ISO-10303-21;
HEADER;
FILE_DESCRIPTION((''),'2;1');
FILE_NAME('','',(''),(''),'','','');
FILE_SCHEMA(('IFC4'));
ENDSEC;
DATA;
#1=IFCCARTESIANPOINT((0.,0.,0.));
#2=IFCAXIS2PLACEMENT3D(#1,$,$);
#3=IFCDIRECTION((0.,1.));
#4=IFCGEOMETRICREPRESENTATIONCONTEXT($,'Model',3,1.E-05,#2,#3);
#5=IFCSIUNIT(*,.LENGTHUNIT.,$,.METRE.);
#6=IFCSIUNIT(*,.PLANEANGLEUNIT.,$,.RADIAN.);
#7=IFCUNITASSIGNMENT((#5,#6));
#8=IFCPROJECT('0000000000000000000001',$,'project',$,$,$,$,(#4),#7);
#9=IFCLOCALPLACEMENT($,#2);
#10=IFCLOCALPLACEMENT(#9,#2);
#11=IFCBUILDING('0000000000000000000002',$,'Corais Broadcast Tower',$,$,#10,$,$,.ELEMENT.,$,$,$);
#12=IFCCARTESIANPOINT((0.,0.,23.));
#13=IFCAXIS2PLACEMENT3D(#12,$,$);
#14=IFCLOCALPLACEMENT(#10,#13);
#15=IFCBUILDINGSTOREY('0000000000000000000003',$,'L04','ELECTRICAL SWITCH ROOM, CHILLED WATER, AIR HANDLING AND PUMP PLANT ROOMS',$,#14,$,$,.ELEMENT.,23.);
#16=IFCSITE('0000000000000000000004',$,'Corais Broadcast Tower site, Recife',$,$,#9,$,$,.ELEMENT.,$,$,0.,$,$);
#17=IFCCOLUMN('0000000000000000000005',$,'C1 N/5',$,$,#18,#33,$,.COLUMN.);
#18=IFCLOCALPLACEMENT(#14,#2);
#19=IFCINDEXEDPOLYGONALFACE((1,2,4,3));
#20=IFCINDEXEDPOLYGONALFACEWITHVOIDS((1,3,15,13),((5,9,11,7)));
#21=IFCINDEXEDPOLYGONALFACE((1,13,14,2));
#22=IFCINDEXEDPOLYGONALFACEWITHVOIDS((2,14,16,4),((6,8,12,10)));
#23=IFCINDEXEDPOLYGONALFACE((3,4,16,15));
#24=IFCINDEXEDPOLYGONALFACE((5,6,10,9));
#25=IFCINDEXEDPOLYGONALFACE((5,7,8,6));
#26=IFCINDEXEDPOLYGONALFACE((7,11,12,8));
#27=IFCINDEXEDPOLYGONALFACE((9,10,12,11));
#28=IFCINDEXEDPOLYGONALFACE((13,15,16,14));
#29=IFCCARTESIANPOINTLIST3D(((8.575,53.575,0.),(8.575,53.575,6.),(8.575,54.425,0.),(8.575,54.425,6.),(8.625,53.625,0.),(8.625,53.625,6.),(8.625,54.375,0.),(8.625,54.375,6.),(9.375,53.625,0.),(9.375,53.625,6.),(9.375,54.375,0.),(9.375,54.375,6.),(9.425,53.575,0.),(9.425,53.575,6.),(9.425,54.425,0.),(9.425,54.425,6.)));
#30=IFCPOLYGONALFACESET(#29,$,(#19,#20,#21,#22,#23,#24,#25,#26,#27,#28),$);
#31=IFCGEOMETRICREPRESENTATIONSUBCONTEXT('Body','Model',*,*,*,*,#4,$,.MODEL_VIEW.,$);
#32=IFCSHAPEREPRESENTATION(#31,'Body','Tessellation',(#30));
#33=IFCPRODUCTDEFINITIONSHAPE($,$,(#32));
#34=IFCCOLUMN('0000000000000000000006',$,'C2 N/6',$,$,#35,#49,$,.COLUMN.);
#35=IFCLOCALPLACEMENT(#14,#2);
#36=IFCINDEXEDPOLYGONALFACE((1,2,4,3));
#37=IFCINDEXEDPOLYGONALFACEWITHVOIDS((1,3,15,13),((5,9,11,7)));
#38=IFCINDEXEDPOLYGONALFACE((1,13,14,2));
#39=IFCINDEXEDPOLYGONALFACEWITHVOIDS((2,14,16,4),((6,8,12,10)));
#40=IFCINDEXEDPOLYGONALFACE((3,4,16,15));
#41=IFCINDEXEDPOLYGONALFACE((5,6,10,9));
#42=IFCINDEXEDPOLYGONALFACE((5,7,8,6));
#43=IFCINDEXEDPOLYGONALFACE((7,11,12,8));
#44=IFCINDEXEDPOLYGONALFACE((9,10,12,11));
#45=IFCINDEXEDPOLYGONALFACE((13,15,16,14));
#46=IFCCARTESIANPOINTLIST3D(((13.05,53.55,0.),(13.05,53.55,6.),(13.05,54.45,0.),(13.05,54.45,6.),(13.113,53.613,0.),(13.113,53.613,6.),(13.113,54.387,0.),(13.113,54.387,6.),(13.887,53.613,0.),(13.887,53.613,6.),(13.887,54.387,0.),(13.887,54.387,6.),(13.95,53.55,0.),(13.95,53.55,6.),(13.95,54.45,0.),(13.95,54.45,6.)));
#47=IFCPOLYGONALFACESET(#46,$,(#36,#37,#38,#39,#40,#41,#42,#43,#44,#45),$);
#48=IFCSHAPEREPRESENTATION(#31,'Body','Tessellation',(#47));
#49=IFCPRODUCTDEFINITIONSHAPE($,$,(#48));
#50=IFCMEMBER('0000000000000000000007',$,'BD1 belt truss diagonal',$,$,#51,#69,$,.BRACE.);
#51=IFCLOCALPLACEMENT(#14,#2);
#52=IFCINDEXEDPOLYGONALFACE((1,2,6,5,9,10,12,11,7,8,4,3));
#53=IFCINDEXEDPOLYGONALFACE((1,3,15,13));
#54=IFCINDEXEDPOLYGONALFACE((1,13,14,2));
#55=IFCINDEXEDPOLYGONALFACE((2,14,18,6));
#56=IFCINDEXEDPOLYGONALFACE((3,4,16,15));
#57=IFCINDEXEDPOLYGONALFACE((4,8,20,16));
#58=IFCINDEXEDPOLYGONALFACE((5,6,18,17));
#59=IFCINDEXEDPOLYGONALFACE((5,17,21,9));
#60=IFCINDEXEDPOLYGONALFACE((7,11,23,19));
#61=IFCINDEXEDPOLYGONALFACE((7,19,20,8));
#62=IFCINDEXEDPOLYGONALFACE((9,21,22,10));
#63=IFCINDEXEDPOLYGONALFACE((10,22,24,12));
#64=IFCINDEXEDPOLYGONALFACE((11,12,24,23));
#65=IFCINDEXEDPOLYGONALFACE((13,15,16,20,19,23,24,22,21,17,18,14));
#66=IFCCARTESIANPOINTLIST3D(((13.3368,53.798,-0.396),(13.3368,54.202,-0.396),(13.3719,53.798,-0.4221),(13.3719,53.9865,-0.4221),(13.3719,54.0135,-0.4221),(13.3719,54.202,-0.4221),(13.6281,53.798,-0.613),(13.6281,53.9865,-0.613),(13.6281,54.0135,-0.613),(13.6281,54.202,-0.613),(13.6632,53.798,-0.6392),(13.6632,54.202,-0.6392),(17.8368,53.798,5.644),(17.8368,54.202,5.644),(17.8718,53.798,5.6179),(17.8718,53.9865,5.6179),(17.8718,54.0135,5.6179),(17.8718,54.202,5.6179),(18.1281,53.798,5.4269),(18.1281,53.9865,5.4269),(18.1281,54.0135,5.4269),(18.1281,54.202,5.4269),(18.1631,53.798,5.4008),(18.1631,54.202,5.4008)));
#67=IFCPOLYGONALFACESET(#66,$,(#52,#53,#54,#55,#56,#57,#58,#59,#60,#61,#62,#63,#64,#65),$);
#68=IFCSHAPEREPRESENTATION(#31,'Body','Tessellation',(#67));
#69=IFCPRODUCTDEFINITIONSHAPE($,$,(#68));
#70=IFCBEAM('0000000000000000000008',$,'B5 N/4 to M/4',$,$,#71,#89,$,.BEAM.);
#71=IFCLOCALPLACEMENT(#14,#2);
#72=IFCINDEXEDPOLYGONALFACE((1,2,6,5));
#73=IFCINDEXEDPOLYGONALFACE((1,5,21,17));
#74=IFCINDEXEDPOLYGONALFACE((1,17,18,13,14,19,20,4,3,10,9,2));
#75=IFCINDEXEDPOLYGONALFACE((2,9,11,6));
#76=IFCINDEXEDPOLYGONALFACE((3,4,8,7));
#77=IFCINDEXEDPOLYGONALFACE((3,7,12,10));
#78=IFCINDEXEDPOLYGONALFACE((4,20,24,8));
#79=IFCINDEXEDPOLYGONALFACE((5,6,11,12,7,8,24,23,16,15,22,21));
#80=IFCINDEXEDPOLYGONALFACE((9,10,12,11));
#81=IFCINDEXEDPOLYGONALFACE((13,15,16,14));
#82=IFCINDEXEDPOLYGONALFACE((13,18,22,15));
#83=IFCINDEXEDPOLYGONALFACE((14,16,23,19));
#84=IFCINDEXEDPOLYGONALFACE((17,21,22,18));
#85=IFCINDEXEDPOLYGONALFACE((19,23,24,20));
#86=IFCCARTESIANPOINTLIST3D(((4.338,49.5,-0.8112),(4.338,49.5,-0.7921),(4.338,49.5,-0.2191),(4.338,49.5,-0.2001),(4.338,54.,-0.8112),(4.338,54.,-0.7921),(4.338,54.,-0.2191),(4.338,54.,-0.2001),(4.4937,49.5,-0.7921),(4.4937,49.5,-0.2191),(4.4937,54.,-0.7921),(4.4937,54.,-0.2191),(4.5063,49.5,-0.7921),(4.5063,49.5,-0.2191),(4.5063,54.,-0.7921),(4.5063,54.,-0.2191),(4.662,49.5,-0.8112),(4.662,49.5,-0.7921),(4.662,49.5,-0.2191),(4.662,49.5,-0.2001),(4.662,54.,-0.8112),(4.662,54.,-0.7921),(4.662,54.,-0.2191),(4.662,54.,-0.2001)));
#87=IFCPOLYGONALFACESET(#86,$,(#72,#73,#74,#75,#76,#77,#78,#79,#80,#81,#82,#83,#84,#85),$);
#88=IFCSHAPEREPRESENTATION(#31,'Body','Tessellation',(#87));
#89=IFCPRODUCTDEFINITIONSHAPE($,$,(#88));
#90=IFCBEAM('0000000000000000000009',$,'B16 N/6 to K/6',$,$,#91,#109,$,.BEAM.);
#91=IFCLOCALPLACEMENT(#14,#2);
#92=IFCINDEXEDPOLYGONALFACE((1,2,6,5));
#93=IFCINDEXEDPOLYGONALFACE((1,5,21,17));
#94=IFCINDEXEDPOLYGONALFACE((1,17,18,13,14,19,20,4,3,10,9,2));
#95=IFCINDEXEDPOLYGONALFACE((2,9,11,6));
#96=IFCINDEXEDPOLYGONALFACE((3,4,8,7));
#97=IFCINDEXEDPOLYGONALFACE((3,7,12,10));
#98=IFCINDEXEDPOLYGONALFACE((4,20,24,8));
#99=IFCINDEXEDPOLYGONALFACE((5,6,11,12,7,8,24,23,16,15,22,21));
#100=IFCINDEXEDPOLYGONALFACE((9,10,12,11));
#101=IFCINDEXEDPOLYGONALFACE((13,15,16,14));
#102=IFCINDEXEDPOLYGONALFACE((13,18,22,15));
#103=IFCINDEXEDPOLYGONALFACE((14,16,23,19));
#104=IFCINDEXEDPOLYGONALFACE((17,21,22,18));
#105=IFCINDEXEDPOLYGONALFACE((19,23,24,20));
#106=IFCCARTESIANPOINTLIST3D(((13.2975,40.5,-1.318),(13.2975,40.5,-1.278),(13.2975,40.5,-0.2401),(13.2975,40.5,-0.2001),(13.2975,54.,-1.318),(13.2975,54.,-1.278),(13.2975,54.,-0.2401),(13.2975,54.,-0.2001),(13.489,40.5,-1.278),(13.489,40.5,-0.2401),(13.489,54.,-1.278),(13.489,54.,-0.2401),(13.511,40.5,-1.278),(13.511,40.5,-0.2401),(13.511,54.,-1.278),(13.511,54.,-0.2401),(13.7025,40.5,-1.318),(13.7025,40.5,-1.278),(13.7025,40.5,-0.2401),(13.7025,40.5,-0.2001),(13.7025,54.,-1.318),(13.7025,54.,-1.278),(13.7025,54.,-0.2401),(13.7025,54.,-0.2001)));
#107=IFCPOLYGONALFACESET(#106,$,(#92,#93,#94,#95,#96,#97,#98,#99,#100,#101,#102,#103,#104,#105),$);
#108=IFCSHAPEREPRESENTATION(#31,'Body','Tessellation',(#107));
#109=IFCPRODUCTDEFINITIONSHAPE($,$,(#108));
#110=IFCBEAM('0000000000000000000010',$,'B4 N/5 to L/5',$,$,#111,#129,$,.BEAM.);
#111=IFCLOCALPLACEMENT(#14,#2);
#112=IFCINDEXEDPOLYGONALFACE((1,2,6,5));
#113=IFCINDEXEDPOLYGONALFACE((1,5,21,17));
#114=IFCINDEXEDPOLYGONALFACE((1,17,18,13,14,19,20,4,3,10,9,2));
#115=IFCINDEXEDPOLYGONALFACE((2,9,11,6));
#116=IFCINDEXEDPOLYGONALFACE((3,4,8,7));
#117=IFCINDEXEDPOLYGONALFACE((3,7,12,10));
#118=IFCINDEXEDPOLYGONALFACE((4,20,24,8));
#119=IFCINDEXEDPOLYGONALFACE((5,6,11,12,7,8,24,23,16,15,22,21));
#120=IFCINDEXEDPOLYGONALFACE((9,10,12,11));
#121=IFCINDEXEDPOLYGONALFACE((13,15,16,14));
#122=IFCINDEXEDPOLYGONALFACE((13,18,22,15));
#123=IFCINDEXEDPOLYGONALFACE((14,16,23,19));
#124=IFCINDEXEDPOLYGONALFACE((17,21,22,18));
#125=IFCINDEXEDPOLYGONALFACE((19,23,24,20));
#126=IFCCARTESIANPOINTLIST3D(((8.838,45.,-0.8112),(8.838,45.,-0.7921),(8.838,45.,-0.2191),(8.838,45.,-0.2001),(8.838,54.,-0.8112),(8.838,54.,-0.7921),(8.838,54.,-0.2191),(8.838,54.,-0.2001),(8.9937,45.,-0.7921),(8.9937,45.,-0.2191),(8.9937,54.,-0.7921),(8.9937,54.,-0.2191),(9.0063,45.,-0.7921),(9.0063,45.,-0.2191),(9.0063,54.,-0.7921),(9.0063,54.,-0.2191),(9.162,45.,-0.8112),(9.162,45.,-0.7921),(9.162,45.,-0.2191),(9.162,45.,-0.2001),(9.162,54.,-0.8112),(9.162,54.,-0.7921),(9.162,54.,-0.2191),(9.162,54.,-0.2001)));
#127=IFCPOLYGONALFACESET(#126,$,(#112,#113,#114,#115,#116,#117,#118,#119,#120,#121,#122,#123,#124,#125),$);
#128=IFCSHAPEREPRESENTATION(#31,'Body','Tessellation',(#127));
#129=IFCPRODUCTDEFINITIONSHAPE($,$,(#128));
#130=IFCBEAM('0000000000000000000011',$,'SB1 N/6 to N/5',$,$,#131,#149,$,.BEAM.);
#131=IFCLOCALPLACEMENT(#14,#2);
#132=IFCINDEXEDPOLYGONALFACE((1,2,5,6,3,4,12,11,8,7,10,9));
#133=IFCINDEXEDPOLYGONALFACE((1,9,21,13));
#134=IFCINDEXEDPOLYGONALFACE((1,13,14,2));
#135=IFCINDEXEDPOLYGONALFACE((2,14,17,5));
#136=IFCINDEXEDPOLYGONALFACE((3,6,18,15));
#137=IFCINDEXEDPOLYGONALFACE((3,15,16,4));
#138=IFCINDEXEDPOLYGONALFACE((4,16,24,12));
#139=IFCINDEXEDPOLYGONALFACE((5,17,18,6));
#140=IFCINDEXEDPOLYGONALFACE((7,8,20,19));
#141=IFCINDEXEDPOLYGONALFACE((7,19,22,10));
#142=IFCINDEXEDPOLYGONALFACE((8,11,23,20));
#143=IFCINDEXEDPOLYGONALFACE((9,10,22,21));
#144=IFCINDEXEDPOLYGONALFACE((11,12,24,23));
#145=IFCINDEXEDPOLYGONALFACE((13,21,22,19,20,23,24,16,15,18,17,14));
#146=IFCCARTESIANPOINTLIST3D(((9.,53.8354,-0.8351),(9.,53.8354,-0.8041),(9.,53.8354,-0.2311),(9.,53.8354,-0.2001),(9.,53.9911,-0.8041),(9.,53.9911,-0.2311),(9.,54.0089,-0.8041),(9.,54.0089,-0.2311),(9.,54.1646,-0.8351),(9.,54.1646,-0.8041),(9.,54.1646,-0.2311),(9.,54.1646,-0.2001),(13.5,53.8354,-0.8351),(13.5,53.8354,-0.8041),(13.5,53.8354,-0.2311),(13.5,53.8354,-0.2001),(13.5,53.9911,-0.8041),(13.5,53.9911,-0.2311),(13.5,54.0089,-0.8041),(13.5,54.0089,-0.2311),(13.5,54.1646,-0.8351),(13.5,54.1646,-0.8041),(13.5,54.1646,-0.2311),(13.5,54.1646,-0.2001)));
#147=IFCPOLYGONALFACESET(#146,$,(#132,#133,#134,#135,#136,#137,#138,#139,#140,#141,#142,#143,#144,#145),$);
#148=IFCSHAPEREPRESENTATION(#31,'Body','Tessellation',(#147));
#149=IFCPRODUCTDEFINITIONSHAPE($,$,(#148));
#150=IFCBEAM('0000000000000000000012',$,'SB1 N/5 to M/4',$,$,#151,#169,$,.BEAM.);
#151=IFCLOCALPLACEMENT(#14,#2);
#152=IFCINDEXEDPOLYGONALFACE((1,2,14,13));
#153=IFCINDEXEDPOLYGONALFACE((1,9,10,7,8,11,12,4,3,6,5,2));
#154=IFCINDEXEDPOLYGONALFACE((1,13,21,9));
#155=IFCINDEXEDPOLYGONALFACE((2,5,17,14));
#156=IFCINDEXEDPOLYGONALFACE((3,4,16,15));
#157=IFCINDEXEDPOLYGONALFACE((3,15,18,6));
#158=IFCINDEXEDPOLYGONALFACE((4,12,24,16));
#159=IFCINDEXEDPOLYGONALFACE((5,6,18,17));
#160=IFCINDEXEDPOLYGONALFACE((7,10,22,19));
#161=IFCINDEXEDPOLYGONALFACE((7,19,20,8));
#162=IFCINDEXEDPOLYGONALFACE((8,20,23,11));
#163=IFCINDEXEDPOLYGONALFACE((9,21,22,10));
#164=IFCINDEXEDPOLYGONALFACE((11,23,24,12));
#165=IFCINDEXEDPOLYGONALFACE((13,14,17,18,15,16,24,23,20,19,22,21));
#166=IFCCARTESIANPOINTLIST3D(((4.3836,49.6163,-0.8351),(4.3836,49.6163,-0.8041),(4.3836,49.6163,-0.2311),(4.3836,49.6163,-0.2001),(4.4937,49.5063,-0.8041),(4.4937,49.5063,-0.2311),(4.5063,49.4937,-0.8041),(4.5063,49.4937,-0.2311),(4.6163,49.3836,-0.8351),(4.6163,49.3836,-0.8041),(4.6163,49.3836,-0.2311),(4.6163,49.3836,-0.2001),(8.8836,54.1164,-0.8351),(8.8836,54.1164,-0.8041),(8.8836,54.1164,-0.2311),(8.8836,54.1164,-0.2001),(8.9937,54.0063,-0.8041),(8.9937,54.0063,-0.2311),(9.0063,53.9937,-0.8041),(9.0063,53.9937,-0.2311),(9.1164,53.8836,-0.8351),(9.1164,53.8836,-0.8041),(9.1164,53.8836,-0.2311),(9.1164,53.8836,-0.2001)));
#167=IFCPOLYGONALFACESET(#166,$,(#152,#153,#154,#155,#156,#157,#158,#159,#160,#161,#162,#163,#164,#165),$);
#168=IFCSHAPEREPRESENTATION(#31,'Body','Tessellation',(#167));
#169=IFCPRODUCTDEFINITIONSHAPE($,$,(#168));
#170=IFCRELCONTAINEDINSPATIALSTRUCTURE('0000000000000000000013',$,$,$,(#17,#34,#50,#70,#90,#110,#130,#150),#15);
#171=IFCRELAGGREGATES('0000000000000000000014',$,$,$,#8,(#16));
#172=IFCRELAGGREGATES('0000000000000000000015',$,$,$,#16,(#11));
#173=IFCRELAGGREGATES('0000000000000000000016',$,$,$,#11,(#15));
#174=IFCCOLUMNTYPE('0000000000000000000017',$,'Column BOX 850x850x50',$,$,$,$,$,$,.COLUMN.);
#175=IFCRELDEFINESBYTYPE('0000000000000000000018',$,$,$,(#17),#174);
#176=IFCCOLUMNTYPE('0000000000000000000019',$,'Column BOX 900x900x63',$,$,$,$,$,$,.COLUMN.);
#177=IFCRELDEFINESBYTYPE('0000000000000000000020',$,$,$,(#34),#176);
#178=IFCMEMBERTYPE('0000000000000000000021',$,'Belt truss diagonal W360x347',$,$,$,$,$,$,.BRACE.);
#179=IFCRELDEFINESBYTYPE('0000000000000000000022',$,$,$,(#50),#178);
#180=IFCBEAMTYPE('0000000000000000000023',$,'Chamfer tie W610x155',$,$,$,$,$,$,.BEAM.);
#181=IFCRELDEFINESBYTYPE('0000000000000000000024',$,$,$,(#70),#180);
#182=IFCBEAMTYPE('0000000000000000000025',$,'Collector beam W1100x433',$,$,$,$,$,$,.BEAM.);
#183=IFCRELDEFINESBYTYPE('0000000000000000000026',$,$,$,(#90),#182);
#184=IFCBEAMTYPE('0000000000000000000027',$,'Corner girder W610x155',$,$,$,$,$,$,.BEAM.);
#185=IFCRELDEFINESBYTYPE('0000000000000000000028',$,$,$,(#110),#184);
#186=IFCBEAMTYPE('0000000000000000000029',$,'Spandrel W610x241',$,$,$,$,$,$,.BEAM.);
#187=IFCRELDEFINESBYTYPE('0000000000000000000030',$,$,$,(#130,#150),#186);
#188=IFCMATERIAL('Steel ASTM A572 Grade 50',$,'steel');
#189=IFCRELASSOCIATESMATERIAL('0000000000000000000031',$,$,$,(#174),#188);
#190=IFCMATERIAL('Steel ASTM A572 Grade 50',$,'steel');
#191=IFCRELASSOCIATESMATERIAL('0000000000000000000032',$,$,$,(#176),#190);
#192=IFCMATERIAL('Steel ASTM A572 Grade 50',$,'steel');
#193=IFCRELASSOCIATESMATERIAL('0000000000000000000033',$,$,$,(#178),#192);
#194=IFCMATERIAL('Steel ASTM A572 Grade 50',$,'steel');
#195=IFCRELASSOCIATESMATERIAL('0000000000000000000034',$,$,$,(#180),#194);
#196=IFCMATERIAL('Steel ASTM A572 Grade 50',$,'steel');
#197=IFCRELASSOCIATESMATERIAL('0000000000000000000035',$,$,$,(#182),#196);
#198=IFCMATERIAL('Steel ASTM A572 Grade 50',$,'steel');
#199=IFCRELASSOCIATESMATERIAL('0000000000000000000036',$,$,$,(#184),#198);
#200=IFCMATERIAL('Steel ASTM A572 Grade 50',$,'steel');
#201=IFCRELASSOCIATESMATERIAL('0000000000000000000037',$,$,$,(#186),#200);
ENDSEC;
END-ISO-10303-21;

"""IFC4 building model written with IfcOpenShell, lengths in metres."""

from ifc_helpers import new_model, si_unit, direction, frame, origin, origin_2d, place, context, subcontext, project, spatial, hollow_rectangle, i_section, extrude, material, material_profile, profile_set, type_object, element, save


model = new_model("IFC4")

# Units and contexts
model_context = context("Model", 3, precision=1e-05, world=origin(), true_north=direction((0.0, 1.0)))
body_context = subcontext(model_context, "Body", "Model", "MODEL_VIEW")
ifc_project = project(units=[si_unit("LENGTHUNIT", "METRE"), si_unit("PLANEANGLEUNIT", "RADIAN")], contexts=[model_context])

# Site, building, storey
site_placement = place(None, origin())
site = spatial("IfcSite", under=ifc_project, at=site_placement, Name="Corais Broadcast Tower site, Recife", CompositionType="ELEMENT", RefElevation=0.0)
building_placement = place(site_placement, origin())
building = spatial("IfcBuilding", under=site, at=building_placement, Name="Corais Broadcast Tower", CompositionType="ELEMENT")
storey_placement = place(building_placement, frame((0.0, 0.0, 23.0)))
storey = spatial("IfcBuildingStorey", under=building, at=storey_placement, Name="L04", Description="ELECTRICAL SWITCH ROOM, CHILLED WATER, AIR HANDLING AND PUMP PLANT ROOMS", CompositionType="ELEMENT", Elevation=23.0)

# Columns
ifc_material_1 = material(Name="Steel ASTM A572 Grade 50", Category="steel")
ifc_material_profile_1 = material_profile(ifc_material_1, hollow_rectangle(XDim=0.8501, YDim=0.8501, WallThickness=0.05, at=origin_2d()), Name="BOX 850x850x50")
ifc_profile_set_1 = profile_set([ifc_material_profile_1], Name="Steel ASTM A572 Grade 50")
column_type_1 = type_object("IfcColumnType", Name="Column BOX 850x850x50", PredefinedType="COLUMN", material=ifc_profile_set_1)
column_1_placement = place(storey_placement, frame((9.0, 54.0, 0.0), z_axis=(0.0, 0.0, 1.0), x_axis=(1.0, 0.0, 0.0)))
element("IfcColumn", 1, at=column_1_placement, inside=storey, type_object=column_type_1, Name="C1 N/5", PredefinedType="COLUMN", context=body_context, shape_type="SweptSolid", body=[
    extrude(hollow_rectangle(XDim=0.8501, YDim=0.8501, WallThickness=0.05, at=origin_2d()), origin(), (0.0, 0.0, 1.0), 6.0),
])
ifc_material_2 = material(Name="Steel ASTM A572 Grade 50", Category="steel")
ifc_material_profile_2 = material_profile(ifc_material_2, hollow_rectangle(XDim=0.8999, YDim=0.8999, WallThickness=0.063, at=origin_2d()), Name="BOX 900x900x63")
ifc_profile_set_2 = profile_set([ifc_material_profile_2], Name="Steel ASTM A572 Grade 50")
column_type_2 = type_object("IfcColumnType", Name="Column BOX 900x900x63", PredefinedType="COLUMN", material=ifc_profile_set_2)
column_2_placement = place(storey_placement, frame((13.5, 54.0, 0.0), z_axis=(0.0, 0.0, 1.0), x_axis=(1.0, 0.0, 0.0)))
element("IfcColumn", 2, at=column_2_placement, inside=storey, type_object=column_type_2, Name="C2 N/6", PredefinedType="COLUMN", context=body_context, shape_type="SweptSolid", body=[
    extrude(hollow_rectangle(XDim=0.8999, YDim=0.8999, WallThickness=0.063, at=origin_2d()), origin(), (0.0, 0.0, 1.0), 6.0),
])

# Member
ifc_material_3 = material(Name="Steel ASTM A572 Grade 50", Category="steel")
ifc_material_profile_3 = material_profile(ifc_material_3, i_section(OverallWidth=0.4041, OverallDepth=0.407, WebThickness=0.0271, FlangeThickness=0.0437, at=origin_2d()), Name="W360x347")
ifc_profile_set_3 = profile_set([ifc_material_profile_3], Name="Steel ASTM A572 Grade 50")
member_type = type_object("IfcMemberType", Name="Belt truss diagonal W360x347", PredefinedType="BRACE", material=ifc_profile_set_3)
member_placement = place(storey_placement, frame((13.5, 54.0, -0.5176), z_axis=(0.597445, 0.0, 0.80191), x_axis=(0.0, 1.0, 0.0)))
element("IfcMember", 3, at=member_placement, inside=storey, type_object=member_type, Name="BD1 belt truss diagonal", PredefinedType="BRACE", context=body_context, shape_type="SweptSolid", body=[
    extrude(i_section(OverallWidth=0.4041, OverallDepth=0.407, WebThickness=0.0271, FlangeThickness=0.0437, at=origin_2d()), origin(), (0.0, 0.0, 1.0), 7.532),
])

# Beams
ifc_material_4 = material(Name="Steel ASTM A572 Grade 50", Category="steel")
ifc_material_profile_4 = material_profile(ifc_material_4, i_section(OverallWidth=0.324, OverallDepth=0.6111, WebThickness=0.0127, FlangeThickness=0.019, at=origin_2d()), Name="W610x155")
ifc_profile_set_4 = profile_set([ifc_material_profile_4], Name="Steel ASTM A572 Grade 50")
beam_type_1 = type_object("IfcBeamType", Name="Chamfer tie W610x155", PredefinedType="BEAM", material=ifc_profile_set_4)
beam_1_placement = place(storey_placement, frame((4.5, 54.0, -0.5056), z_axis=(0.0, -1.0, 0.0), x_axis=(1.0, 0.0, 0.0)))
element("IfcBeam", 4, at=beam_1_placement, inside=storey, type_object=beam_type_1, Name="B5 N/4 to M/4", PredefinedType="BEAM", context=body_context, shape_type="SweptSolid", body=[
    extrude(i_section(OverallWidth=0.324, OverallDepth=0.6111, WebThickness=0.0127, FlangeThickness=0.019, at=origin_2d()), origin(), (0.0, 0.0, 1.0), 4.5),
])
ifc_material_5 = material(Name="Steel ASTM A572 Grade 50", Category="steel")
ifc_material_profile_5 = material_profile(ifc_material_5, i_section(OverallWidth=0.405, OverallDepth=1.1179, WebThickness=0.022, FlangeThickness=0.04, at=origin_2d()), Name="W1100x433")
ifc_profile_set_5 = profile_set([ifc_material_profile_5], Name="Steel ASTM A572 Grade 50")
beam_type_2 = type_object("IfcBeamType", Name="Collector beam W1100x433", PredefinedType="BEAM", material=ifc_profile_set_5)
beam_2_placement = place(storey_placement, frame((13.5, 54.0, -0.759), z_axis=(0.0, -1.0, 0.0), x_axis=(1.0, 0.0, 0.0)))
element("IfcBeam", 5, at=beam_2_placement, inside=storey, type_object=beam_type_2, Name="B16 N/6 to K/6", PredefinedType="BEAM", context=body_context, shape_type="SweptSolid", body=[
    extrude(i_section(OverallWidth=0.405, OverallDepth=1.1179, WebThickness=0.022, FlangeThickness=0.04, at=origin_2d()), origin(), (0.0, 0.0, 1.0), 13.5),
])
ifc_material_6 = material(Name="Steel ASTM A572 Grade 50", Category="steel")
ifc_material_profile_6 = material_profile(ifc_material_6, i_section(OverallWidth=0.324, OverallDepth=0.6111, WebThickness=0.0127, FlangeThickness=0.019, at=origin_2d()), Name="W610x155")
ifc_profile_set_6 = profile_set([ifc_material_profile_6], Name="Steel ASTM A572 Grade 50")
beam_type_3 = type_object("IfcBeamType", Name="Corner girder W610x155", PredefinedType="BEAM", material=ifc_profile_set_6)
beam_3_placement = place(storey_placement, frame((9.0, 54.0, -0.5056), z_axis=(0.0, -1.0, 0.0), x_axis=(1.0, 0.0, 0.0)))
element("IfcBeam", 6, at=beam_3_placement, inside=storey, type_object=beam_type_3, Name="B4 N/5 to L/5", PredefinedType="BEAM", context=body_context, shape_type="SweptSolid", body=[
    extrude(i_section(OverallWidth=0.324, OverallDepth=0.6111, WebThickness=0.0127, FlangeThickness=0.019, at=origin_2d()), origin(), (0.0, 0.0, 1.0), 9.0),
])
ifc_material_7 = material(Name="Steel ASTM A572 Grade 50", Category="steel")
ifc_material_profile_7 = material_profile(ifc_material_7, i_section(OverallWidth=0.3291, OverallDepth=0.635, WebThickness=0.0178, FlangeThickness=0.031, at=origin_2d()), Name="W610x241")
ifc_profile_set_7 = profile_set([ifc_material_profile_7], Name="Steel ASTM A572 Grade 50")
beam_type_4 = type_object("IfcBeamType", Name="Spandrel W610x241", PredefinedType="BEAM", material=ifc_profile_set_7)
beam_4_placement = place(storey_placement, frame((13.5, 54.0, -0.5176), z_axis=(-1.0, 0.0, 0.0), x_axis=(0.0, -1.0, 0.0)))
element("IfcBeam", 7, at=beam_4_placement, inside=storey, type_object=beam_type_4, Name="SB1 N/6 to N/5", PredefinedType="BEAM", context=body_context, shape_type="SweptSolid", body=[
    extrude(i_section(OverallWidth=0.3291, OverallDepth=0.635, WebThickness=0.0178, FlangeThickness=0.031, at=origin_2d()), origin(), (0.0, 0.0, 1.0), 4.5),
])
beam_5_placement = place(storey_placement, frame((9.0, 54.0, -0.5176), z_axis=(-0.707107, -0.707107, 0.0), x_axis=(0.707107, -0.707107, 0.0)))
element("IfcBeam", 8, at=beam_5_placement, inside=storey, type_object=beam_type_4, Name="SB1 N/5 to M/4", PredefinedType="BEAM", context=body_context, shape_type="SweptSolid", body=[
    extrude(i_section(OverallWidth=0.3291, OverallDepth=0.635, WebThickness=0.0178, FlangeThickness=0.031, at=origin_2d()), origin(), (0.0, 0.0, 1.0), 6.364),
])

save(model, "model.ifc")
